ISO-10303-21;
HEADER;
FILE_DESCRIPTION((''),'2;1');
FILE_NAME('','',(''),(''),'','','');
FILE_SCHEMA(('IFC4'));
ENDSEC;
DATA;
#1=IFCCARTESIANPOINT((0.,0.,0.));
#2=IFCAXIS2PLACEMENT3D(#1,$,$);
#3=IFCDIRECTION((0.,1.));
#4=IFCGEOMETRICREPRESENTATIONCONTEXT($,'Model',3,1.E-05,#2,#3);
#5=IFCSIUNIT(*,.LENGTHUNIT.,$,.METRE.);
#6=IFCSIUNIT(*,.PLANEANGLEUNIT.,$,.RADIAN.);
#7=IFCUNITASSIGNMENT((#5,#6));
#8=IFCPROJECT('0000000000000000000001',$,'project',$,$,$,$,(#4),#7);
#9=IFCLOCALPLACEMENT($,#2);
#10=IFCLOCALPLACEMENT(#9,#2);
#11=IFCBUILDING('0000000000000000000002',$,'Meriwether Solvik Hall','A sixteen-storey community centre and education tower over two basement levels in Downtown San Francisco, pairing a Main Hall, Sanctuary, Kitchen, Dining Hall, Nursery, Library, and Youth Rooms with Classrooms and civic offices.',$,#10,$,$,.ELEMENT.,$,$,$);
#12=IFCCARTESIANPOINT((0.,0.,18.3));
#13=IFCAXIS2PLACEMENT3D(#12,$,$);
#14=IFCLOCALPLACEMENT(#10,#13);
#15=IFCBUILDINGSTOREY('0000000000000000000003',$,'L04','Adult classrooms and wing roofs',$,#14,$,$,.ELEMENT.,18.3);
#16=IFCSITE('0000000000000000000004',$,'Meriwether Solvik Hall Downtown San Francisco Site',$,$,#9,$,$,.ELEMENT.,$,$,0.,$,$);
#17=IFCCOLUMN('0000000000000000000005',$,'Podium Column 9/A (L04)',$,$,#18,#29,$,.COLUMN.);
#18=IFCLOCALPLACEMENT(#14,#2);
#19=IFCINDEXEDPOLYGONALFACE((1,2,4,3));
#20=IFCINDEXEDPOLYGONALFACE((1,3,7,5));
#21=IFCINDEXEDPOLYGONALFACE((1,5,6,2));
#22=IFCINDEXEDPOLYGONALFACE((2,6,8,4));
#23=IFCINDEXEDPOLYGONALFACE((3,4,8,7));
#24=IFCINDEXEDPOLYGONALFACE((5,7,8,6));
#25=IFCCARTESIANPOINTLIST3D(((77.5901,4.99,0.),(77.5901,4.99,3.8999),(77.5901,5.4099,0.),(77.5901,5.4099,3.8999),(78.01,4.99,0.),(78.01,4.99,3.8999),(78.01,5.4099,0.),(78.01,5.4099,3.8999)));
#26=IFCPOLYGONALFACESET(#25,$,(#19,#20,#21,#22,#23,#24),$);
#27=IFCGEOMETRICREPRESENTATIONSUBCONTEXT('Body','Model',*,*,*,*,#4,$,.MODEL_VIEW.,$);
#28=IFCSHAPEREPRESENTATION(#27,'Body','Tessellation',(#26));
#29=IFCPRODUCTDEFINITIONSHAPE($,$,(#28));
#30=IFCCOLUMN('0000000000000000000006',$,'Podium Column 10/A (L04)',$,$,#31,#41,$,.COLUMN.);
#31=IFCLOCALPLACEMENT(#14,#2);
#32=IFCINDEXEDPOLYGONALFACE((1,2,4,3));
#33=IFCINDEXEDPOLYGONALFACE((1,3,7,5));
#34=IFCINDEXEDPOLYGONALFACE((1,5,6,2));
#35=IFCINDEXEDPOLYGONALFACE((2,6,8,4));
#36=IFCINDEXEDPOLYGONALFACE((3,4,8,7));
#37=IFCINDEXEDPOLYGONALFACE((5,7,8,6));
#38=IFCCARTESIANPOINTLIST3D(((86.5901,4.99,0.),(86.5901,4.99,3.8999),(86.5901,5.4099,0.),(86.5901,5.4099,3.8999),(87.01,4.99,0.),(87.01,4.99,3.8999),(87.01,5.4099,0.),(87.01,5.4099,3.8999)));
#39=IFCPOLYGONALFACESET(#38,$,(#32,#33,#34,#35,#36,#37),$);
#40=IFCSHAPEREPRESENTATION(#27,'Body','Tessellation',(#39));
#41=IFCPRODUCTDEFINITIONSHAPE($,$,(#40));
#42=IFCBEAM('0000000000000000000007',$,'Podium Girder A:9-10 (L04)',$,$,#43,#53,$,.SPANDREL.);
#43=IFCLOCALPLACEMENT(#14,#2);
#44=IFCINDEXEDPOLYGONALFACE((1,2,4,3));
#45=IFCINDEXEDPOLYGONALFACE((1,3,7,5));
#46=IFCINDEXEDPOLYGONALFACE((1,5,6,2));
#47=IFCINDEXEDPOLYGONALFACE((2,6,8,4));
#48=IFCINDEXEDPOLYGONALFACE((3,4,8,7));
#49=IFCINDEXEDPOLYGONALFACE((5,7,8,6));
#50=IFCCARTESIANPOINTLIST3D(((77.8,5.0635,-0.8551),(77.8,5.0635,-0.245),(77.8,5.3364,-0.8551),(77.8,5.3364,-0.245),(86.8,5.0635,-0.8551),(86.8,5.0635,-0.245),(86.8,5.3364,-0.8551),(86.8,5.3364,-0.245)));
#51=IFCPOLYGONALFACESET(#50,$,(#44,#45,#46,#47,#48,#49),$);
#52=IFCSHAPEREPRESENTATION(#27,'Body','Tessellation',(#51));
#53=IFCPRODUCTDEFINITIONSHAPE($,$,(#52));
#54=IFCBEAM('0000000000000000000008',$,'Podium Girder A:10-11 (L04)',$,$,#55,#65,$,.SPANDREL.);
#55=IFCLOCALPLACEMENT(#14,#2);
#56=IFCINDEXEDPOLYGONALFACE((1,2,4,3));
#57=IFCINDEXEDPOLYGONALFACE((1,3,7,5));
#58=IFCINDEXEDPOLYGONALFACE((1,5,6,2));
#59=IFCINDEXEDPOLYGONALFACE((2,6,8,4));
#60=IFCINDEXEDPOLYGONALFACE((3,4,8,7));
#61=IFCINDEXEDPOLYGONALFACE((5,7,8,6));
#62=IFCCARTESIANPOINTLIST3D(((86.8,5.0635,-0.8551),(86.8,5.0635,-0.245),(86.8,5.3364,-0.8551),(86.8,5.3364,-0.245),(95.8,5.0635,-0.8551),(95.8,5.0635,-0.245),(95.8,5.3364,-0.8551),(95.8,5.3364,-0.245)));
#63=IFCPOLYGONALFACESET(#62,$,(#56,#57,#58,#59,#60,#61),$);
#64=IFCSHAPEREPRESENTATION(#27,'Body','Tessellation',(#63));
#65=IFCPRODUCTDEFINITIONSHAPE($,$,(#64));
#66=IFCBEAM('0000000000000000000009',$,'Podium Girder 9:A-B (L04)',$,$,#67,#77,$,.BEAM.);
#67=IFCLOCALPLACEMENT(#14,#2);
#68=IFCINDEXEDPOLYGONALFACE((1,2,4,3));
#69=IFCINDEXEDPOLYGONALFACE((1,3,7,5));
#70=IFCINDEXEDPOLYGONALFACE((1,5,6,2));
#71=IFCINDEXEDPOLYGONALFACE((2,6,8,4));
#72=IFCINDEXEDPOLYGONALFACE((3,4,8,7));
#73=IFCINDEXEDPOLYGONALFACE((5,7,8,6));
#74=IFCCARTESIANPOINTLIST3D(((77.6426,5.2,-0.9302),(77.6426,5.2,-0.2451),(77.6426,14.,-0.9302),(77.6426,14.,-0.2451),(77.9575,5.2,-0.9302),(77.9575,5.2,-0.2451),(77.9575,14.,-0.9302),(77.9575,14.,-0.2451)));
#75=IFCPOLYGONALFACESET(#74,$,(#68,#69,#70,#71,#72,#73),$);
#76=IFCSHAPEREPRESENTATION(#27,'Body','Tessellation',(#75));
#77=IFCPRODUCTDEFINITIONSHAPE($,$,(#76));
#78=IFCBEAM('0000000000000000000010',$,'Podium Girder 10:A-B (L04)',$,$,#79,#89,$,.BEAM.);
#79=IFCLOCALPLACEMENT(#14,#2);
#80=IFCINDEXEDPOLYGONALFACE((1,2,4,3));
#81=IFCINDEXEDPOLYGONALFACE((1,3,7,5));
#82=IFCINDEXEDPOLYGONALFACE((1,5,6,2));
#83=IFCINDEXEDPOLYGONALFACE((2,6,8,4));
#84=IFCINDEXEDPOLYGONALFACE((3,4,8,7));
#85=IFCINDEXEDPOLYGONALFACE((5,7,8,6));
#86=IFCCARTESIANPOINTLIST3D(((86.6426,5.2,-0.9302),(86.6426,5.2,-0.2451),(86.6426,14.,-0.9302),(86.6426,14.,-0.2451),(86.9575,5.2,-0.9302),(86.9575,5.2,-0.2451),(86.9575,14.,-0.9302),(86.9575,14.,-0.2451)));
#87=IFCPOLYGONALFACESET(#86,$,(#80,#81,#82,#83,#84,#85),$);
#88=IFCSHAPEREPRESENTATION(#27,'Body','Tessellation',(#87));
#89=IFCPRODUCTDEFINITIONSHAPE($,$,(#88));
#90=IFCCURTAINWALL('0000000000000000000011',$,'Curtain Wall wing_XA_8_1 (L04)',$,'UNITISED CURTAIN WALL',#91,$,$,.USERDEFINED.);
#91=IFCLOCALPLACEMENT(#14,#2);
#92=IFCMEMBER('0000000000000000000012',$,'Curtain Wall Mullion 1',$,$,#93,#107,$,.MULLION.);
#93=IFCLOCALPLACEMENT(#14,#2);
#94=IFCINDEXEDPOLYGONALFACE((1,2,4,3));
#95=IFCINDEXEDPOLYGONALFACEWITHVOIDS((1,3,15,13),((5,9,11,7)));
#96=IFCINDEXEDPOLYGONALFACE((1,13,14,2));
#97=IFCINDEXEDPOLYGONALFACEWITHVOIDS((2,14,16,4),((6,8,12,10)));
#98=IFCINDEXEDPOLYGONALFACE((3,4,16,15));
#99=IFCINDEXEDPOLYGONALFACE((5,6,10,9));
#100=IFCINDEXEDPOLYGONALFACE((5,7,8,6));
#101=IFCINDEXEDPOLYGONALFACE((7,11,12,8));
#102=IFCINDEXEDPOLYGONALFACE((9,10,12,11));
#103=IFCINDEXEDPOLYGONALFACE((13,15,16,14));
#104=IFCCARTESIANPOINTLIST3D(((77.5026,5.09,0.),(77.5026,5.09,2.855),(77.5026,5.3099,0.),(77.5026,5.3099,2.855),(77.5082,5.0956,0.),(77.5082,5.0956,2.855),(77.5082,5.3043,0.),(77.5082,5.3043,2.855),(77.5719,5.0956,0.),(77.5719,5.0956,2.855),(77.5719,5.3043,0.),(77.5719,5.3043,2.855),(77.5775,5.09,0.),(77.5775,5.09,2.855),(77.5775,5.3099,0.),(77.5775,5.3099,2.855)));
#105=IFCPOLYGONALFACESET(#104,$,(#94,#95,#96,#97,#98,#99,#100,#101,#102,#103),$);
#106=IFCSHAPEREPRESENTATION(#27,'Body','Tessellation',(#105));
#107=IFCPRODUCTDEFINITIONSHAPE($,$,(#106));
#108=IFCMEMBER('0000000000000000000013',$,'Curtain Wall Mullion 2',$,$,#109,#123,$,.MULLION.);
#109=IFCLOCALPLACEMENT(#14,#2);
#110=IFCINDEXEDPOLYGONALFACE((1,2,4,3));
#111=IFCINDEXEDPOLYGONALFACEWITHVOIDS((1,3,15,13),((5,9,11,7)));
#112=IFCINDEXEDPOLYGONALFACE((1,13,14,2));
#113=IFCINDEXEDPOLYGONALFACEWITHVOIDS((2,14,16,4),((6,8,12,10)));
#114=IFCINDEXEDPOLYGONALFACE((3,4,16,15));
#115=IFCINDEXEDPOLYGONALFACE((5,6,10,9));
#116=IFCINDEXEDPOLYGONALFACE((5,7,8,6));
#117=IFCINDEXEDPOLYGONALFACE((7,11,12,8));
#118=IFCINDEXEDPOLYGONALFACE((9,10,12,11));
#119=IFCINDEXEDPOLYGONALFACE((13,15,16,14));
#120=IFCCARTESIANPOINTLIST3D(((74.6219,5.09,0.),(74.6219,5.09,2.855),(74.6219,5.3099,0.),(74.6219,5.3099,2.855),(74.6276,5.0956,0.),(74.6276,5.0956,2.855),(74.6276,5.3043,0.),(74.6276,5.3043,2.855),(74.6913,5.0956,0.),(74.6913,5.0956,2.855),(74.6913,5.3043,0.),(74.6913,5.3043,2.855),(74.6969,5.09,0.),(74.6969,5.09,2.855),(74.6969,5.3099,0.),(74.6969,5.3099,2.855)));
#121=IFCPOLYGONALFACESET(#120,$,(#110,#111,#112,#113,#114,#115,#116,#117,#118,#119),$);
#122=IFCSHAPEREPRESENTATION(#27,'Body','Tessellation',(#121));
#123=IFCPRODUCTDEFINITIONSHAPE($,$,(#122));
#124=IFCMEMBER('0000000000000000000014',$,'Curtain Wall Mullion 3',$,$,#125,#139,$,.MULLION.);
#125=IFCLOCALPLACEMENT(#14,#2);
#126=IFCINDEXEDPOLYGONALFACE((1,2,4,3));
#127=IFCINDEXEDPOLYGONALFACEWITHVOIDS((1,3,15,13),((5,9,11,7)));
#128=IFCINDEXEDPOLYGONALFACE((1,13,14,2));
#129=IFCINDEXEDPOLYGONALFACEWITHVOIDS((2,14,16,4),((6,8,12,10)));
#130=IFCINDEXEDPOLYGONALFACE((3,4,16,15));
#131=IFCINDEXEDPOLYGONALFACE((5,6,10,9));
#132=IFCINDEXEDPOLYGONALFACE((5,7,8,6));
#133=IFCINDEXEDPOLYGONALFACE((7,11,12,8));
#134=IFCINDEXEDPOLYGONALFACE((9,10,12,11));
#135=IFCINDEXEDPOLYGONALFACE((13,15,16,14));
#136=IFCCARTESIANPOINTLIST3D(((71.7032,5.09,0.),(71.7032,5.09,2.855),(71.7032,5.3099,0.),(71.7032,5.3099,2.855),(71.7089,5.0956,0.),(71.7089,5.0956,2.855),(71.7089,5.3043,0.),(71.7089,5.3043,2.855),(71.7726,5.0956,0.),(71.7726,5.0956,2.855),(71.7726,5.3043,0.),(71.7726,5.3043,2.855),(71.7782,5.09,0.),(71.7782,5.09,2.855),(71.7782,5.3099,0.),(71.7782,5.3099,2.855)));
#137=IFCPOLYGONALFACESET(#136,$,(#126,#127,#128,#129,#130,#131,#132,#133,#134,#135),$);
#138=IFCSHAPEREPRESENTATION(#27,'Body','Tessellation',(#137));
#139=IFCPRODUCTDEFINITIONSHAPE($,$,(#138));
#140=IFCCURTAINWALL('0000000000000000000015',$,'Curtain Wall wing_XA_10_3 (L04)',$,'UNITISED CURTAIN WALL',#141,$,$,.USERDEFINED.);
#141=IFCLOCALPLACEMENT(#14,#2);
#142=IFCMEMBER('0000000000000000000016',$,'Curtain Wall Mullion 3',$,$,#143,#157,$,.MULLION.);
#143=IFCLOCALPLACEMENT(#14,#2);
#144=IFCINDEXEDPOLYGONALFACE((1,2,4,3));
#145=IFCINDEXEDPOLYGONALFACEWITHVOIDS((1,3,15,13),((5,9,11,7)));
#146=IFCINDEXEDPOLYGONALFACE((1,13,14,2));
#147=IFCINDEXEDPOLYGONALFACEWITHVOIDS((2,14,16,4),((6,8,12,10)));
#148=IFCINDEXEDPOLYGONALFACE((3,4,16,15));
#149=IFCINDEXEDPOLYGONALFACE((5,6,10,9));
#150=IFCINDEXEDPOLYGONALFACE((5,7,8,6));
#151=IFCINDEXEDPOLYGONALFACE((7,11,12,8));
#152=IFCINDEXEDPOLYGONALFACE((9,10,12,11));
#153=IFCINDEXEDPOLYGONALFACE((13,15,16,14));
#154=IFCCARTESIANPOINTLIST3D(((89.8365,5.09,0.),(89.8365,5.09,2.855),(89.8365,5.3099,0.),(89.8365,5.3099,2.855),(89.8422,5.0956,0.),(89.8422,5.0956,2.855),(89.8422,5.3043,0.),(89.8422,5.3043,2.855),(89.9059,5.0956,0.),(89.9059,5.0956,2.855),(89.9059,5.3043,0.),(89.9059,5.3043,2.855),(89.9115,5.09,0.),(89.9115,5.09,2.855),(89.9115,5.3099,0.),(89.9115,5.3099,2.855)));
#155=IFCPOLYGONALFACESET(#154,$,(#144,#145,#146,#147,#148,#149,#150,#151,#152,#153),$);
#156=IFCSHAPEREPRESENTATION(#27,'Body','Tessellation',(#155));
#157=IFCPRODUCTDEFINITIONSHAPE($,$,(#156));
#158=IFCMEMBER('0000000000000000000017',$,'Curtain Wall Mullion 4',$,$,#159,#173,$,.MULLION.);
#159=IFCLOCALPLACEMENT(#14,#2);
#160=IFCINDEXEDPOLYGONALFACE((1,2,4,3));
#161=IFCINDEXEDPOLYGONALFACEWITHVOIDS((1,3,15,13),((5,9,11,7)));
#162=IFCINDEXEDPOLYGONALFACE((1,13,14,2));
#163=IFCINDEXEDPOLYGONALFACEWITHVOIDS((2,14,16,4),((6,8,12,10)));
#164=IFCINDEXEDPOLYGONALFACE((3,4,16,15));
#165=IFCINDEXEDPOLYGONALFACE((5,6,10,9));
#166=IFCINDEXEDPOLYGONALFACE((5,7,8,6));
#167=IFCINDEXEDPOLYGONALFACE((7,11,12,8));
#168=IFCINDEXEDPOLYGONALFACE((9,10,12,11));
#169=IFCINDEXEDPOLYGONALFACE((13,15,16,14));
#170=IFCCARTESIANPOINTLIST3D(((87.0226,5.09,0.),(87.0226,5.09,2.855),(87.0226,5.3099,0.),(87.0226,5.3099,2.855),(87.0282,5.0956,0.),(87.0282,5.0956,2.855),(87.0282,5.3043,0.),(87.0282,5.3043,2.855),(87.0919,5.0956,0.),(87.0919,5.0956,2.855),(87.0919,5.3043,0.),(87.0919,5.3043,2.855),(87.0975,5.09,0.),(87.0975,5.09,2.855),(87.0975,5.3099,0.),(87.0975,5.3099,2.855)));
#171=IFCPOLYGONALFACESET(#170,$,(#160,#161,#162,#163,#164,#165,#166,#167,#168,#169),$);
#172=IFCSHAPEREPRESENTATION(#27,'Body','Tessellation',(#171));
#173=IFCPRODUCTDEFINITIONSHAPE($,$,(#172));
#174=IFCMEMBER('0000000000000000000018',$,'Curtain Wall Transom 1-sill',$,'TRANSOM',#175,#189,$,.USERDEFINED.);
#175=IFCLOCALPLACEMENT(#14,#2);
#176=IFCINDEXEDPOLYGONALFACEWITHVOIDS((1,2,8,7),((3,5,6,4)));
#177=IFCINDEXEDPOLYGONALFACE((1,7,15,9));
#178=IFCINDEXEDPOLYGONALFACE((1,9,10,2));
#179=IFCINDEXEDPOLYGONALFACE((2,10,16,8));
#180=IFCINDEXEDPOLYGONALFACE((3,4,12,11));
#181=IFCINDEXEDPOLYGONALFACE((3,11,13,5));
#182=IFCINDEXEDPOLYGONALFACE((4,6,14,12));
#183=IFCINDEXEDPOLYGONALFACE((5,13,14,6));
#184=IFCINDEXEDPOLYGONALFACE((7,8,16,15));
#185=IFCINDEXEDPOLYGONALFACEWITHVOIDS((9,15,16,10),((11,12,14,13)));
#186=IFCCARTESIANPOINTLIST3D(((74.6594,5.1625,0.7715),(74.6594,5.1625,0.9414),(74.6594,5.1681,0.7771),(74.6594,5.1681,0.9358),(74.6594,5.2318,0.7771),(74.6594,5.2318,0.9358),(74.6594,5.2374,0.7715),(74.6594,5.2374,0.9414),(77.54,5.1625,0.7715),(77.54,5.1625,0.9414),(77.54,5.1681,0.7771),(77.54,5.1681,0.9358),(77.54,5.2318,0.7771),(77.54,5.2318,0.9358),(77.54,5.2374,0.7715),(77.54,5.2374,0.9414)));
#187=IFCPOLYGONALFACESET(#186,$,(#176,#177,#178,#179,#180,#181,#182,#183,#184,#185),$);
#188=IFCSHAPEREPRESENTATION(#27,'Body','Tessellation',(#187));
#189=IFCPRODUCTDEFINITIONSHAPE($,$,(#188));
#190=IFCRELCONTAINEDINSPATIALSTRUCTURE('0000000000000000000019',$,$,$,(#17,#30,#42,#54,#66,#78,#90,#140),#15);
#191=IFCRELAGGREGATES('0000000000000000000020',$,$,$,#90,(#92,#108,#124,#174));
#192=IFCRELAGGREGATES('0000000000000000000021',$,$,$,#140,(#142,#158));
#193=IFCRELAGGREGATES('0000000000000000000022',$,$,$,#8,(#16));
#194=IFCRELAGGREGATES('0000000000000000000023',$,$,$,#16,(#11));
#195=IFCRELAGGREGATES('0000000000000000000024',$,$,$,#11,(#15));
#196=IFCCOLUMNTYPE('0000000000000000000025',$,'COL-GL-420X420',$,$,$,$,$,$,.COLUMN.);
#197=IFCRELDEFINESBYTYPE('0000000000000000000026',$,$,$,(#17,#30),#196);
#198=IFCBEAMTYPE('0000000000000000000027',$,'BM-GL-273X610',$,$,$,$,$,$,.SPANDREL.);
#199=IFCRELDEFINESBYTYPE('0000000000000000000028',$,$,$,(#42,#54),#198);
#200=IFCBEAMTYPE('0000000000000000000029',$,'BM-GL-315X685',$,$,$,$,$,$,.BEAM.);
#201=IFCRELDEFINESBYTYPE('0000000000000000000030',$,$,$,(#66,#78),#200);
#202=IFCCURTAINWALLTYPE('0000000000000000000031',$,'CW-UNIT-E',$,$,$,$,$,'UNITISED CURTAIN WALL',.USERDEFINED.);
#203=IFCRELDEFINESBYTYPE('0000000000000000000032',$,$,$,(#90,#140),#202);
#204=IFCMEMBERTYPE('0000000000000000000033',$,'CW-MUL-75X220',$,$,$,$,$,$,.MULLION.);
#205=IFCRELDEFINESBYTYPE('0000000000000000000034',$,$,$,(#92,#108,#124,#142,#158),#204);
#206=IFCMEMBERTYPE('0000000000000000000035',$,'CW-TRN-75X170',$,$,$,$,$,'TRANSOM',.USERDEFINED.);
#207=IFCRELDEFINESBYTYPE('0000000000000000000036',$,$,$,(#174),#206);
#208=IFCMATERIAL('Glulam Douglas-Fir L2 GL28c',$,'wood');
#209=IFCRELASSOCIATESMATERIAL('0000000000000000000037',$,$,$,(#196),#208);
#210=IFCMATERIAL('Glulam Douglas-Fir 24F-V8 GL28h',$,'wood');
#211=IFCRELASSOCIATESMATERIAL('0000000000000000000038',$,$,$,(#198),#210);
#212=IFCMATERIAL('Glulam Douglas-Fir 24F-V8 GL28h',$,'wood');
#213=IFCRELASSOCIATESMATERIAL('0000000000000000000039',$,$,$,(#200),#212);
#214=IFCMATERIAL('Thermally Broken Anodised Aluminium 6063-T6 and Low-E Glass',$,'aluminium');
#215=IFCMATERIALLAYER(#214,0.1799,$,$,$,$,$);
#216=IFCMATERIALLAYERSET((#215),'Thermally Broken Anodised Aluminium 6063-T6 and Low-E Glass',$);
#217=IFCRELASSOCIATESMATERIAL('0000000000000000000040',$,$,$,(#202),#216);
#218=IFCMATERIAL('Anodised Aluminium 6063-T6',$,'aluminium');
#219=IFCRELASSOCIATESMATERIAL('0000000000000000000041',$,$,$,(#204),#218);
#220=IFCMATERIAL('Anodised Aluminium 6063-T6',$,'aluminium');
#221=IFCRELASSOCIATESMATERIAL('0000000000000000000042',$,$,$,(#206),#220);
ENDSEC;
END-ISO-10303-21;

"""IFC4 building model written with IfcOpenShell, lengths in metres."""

from ifc_helpers import new_model, si_unit, direction, frame, origin, origin_2d, place, context, subcontext, project, spatial, rectangle, hollow_rectangle, extrude, material, layer, layer_set, material_profile, profile_set, type_object, element, aggregate, save


model = new_model("IFC4")

# Units and contexts
model_context = context("Model", 3, precision=1e-05, world=origin(), true_north=direction((0.0, 1.0)))
body_context = subcontext(model_context, "Body", "Model", "MODEL_VIEW")
ifc_project = project(units=[si_unit("LENGTHUNIT", "METRE"), si_unit("PLANEANGLEUNIT", "RADIAN")], contexts=[model_context])

# Site, building, storey
site_placement = place(None, origin())
site = spatial("IfcSite", under=ifc_project, at=site_placement, Name="Meriwether Solvik Hall Downtown San Francisco Site", CompositionType="ELEMENT", RefElevation=0.0)
building_placement = place(site_placement, origin())
building = spatial("IfcBuilding", under=site, at=building_placement, Name="Meriwether Solvik Hall", Description="A sixteen-storey community centre and education tower over two basement levels in Downtown San Francisco, pairing a Main Hall, Sanctuary, Kitchen, Dining Hall, Nursery, Library, and Youth Rooms with Classrooms and civic offices.", CompositionType="ELEMENT")
storey_placement = place(building_placement, frame((0.0, 0.0, 18.3)))
storey = spatial("IfcBuildingStorey", under=building, at=storey_placement, Name="L04", Description="Adult classrooms and wing roofs", CompositionType="ELEMENT", Elevation=18.3)

# Columns
ifc_material_1 = material(Name="Glulam Douglas-Fir L2 GL28c", Category="wood")
ifc_material_profile_1 = material_profile(ifc_material_1, rectangle(XDim=0.4199, YDim=0.4199, at=origin_2d()), Name="GLC-420X420")
ifc_profile_set_1 = profile_set([ifc_material_profile_1], Name="Glulam Douglas-Fir L2 GL28c")
column_type = type_object("IfcColumnType", Name="COL-GL-420X420", PredefinedType="COLUMN", material=ifc_profile_set_1)
for number, where, z_axis, x_axis, name in (
    (1, (77.8, 5.2, 0.0), (0.0, 0.0, 1.0), (1.0, 0.0, 0.0), "Podium Column 9/A (L04)"),
    (2, (86.8, 5.2, 0.0), (0.0, 0.0, 1.0), (1.0, 0.0, 0.0), "Podium Column 10/A (L04)"),
):
    element("IfcColumn", number, at=place(storey_placement, frame(where, z_axis=z_axis, x_axis=x_axis)), inside=storey, type_object=column_type, Name=name, PredefinedType="COLUMN", context=body_context, shape_type="SweptSolid", body=[
        extrude(rectangle(XDim=0.4199, YDim=0.4199, at=origin_2d()), origin(), (0.0, 0.0, 1.0), 3.8999),
    ])

# Beams
ifc_material_2 = material(Name="Glulam Douglas-Fir 24F-V8 GL28h", Category="wood")
ifc_material_profile_2 = material_profile(ifc_material_2, rectangle(XDim=0.2729, YDim=0.6101, at=origin_2d()), Name="GLB-273X610")
ifc_profile_set_2 = profile_set([ifc_material_profile_2], Name="Glulam Douglas-Fir 24F-V8 GL28h")
beam_type_1 = type_object("IfcBeamType", Name="BM-GL-273X610", PredefinedType="SPANDREL", material=ifc_profile_set_2)
for number, where, z_axis, x_axis, name in (
    (3, (77.8, 5.2, -0.55), (1.0, 0.0, 0.0), (0.0, 1.0, 0.0), "Podium Girder A:9-10 (L04)"),
    (4, (86.8, 5.2, -0.55), (1.0, 0.0, 0.0), (0.0, 1.0, 0.0), "Podium Girder A:10-11 (L04)"),
):
    element("IfcBeam", number, at=place(storey_placement, frame(where, z_axis=z_axis, x_axis=x_axis)), inside=storey, type_object=beam_type_1, Name=name, PredefinedType="SPANDREL", context=body_context, shape_type="SweptSolid", body=[
        extrude(rectangle(XDim=0.2729, YDim=0.6101, at=origin_2d()), origin(), (0.0, 0.0, 1.0), 9.0),
    ])
ifc_material_3 = material(Name="Glulam Douglas-Fir 24F-V8 GL28h", Category="wood")
ifc_material_profile_3 = material_profile(ifc_material_3, rectangle(XDim=0.3149, YDim=0.6851, at=origin_2d()), Name="GLB-315X685")
ifc_profile_set_3 = profile_set([ifc_material_profile_3], Name="Glulam Douglas-Fir 24F-V8 GL28h")
beam_type_2 = type_object("IfcBeamType", Name="BM-GL-315X685", PredefinedType="BEAM", material=ifc_profile_set_3)
for number, where, z_axis, x_axis, name in (
    (5, (77.8, 5.2, -0.5876), (0.0, 1.0, 0.0), (-1.0, 0.0, 0.0), "Podium Girder 9:A-B (L04)"),
    (6, (86.8, 5.2, -0.5876), (0.0, 1.0, 0.0), (-1.0, 0.0, 0.0), "Podium Girder 10:A-B (L04)"),
):
    element("IfcBeam", number, at=place(storey_placement, frame(where, z_axis=z_axis, x_axis=x_axis)), inside=storey, type_object=beam_type_2, Name=name, PredefinedType="BEAM", context=body_context, shape_type="SweptSolid", body=[
        extrude(rectangle(XDim=0.3149, YDim=0.6851, at=origin_2d()), origin(), (0.0, 0.0, 1.0), 8.8),
    ])

# Curtain walls, members
ifc_material_4 = material(Name="Thermally Broken Anodised Aluminium 6063-T6 and Low-E Glass", Category="aluminium")
ifc_layer_1 = layer(ifc_material_4, 0.1799)
ifc_layer_set_1 = layer_set([ifc_layer_1], Name="Thermally Broken Anodised Aluminium 6063-T6 and Low-E Glass")
curtain_wall_type = type_object("IfcCurtainWallType", Name="CW-UNIT-E", ElementType="UNITISED CURTAIN WALL", PredefinedType="USERDEFINED", material=ifc_layer_set_1)
curtain_wall_1_placement = place(storey_placement, origin())
curtain_wall_1 = element("IfcCurtainWall", 7, at=curtain_wall_1_placement, inside=storey, type_object=curtain_wall_type, Name="Curtain Wall wing_XA_8_1 (L04)", ObjectType="UNITISED CURTAIN WALL", PredefinedType="USERDEFINED")
ifc_material_5 = material(Name="Anodised Aluminium 6063-T6", Category="aluminium")
ifc_material_profile_4 = material_profile(ifc_material_5, hollow_rectangle(XDim=0.075, YDim=0.22, WallThickness=0.0056, at=origin_2d()), Name="CWM-75X220")
ifc_profile_set_4 = profile_set([ifc_material_profile_4], Name="Anodised Aluminium 6063-T6")
member_type_1 = type_object("IfcMemberType", Name="CW-MUL-75X220", PredefinedType="MULLION", material=ifc_profile_set_4)
member_1_placement = place(storey_placement, frame((77.54, 5.2, 0.0), z_axis=(0.0, 0.0, 1.0), x_axis=(-1.0, 0.0, 0.0)))
member_1 = element("IfcMember", 8, at=member_1_placement, type_object=member_type_1, Name="Curtain Wall Mullion 1", PredefinedType="MULLION", context=body_context, shape_type="SweptSolid", body=[
    extrude(hollow_rectangle(XDim=0.075, YDim=0.22, WallThickness=0.0056, at=origin_2d()), origin(), (0.0, 0.0, 1.0), 2.855),
])
member_2_placement = place(storey_placement, frame((74.6594, 5.2, 0.0), z_axis=(0.0, 0.0, 1.0), x_axis=(-1.0, 0.0, 0.0)))
member_2 = element("IfcMember", 9, at=member_2_placement, type_object=member_type_1, Name="Curtain Wall Mullion 2", PredefinedType="MULLION", context=body_context, shape_type="SweptSolid", body=[
    extrude(hollow_rectangle(XDim=0.075, YDim=0.22, WallThickness=0.0056, at=origin_2d()), origin(), (0.0, 0.0, 1.0), 2.855),
])
member_3_placement = place(storey_placement, frame((71.7407, 5.2, 0.0), z_axis=(0.0, 0.0, 1.0), x_axis=(-1.0, 0.0, 0.0)))
member_3 = element("IfcMember", 10, at=member_3_placement, type_object=member_type_1, Name="Curtain Wall Mullion 3", PredefinedType="MULLION", context=body_context, shape_type="SweptSolid", body=[
    extrude(hollow_rectangle(XDim=0.075, YDim=0.22, WallThickness=0.0056, at=origin_2d()), origin(), (0.0, 0.0, 1.0), 2.855),
])
curtain_wall_2_placement = place(storey_placement, origin())
curtain_wall_2 = element("IfcCurtainWall", 11, at=curtain_wall_2_placement, inside=storey, type_object=curtain_wall_type, Name="Curtain Wall wing_XA_10_3 (L04)", ObjectType="UNITISED CURTAIN WALL", PredefinedType="USERDEFINED")
member_4_placement = place(storey_placement, frame((89.874, 5.2, 0.0), z_axis=(0.0, 0.0, 1.0), x_axis=(-1.0, 0.0, 0.0)))
member_4 = element("IfcMember", 12, at=member_4_placement, type_object=member_type_1, Name="Curtain Wall Mullion 3", PredefinedType="MULLION", context=body_context, shape_type="SweptSolid", body=[
    extrude(hollow_rectangle(XDim=0.075, YDim=0.22, WallThickness=0.0056, at=origin_2d()), origin(), (0.0, 0.0, 1.0), 2.855),
])
member_5_placement = place(storey_placement, frame((87.0601, 5.2, 0.0), z_axis=(0.0, 0.0, 1.0), x_axis=(-1.0, 0.0, 0.0)))
member_5 = element("IfcMember", 13, at=member_5_placement, type_object=member_type_1, Name="Curtain Wall Mullion 4", PredefinedType="MULLION", context=body_context, shape_type="SweptSolid", body=[
    extrude(hollow_rectangle(XDim=0.075, YDim=0.22, WallThickness=0.0056, at=origin_2d()), origin(), (0.0, 0.0, 1.0), 2.855),
])

# Member
ifc_material_6 = material(Name="Anodised Aluminium 6063-T6", Category="aluminium")
ifc_material_profile_5 = material_profile(ifc_material_6, hollow_rectangle(XDim=0.075, YDim=0.1699, WallThickness=0.0056, at=origin_2d()), Name="CWT-75X170")
ifc_profile_set_5 = profile_set([ifc_material_profile_5], Name="Anodised Aluminium 6063-T6")
member_type_2 = type_object("IfcMemberType", Name="CW-TRN-75X170", ElementType="TRANSOM", PredefinedType="USERDEFINED", material=ifc_profile_set_5)
member_6_placement = place(storey_placement, frame((77.54, 5.2, 0.8564), z_axis=(-1.0, 0.0, 0.0), x_axis=(0.0, -1.0, 0.0)))
member_6 = element("IfcMember", 14, at=member_6_placement, type_object=member_type_2, Name="Curtain Wall Transom 1-sill", ObjectType="TRANSOM", PredefinedType="USERDEFINED", context=body_context, shape_type="SweptSolid", body=[
    extrude(hollow_rectangle(XDim=0.075, YDim=0.1699, WallThickness=0.0056, at=origin_2d()), origin(), (0.0, 0.0, 1.0), 2.8806),
])

aggregate(curtain_wall_1, [member_1, member_2, member_3, member_6])
aggregate(curtain_wall_2, [member_4, member_5])

save(model, "model.ifc")
